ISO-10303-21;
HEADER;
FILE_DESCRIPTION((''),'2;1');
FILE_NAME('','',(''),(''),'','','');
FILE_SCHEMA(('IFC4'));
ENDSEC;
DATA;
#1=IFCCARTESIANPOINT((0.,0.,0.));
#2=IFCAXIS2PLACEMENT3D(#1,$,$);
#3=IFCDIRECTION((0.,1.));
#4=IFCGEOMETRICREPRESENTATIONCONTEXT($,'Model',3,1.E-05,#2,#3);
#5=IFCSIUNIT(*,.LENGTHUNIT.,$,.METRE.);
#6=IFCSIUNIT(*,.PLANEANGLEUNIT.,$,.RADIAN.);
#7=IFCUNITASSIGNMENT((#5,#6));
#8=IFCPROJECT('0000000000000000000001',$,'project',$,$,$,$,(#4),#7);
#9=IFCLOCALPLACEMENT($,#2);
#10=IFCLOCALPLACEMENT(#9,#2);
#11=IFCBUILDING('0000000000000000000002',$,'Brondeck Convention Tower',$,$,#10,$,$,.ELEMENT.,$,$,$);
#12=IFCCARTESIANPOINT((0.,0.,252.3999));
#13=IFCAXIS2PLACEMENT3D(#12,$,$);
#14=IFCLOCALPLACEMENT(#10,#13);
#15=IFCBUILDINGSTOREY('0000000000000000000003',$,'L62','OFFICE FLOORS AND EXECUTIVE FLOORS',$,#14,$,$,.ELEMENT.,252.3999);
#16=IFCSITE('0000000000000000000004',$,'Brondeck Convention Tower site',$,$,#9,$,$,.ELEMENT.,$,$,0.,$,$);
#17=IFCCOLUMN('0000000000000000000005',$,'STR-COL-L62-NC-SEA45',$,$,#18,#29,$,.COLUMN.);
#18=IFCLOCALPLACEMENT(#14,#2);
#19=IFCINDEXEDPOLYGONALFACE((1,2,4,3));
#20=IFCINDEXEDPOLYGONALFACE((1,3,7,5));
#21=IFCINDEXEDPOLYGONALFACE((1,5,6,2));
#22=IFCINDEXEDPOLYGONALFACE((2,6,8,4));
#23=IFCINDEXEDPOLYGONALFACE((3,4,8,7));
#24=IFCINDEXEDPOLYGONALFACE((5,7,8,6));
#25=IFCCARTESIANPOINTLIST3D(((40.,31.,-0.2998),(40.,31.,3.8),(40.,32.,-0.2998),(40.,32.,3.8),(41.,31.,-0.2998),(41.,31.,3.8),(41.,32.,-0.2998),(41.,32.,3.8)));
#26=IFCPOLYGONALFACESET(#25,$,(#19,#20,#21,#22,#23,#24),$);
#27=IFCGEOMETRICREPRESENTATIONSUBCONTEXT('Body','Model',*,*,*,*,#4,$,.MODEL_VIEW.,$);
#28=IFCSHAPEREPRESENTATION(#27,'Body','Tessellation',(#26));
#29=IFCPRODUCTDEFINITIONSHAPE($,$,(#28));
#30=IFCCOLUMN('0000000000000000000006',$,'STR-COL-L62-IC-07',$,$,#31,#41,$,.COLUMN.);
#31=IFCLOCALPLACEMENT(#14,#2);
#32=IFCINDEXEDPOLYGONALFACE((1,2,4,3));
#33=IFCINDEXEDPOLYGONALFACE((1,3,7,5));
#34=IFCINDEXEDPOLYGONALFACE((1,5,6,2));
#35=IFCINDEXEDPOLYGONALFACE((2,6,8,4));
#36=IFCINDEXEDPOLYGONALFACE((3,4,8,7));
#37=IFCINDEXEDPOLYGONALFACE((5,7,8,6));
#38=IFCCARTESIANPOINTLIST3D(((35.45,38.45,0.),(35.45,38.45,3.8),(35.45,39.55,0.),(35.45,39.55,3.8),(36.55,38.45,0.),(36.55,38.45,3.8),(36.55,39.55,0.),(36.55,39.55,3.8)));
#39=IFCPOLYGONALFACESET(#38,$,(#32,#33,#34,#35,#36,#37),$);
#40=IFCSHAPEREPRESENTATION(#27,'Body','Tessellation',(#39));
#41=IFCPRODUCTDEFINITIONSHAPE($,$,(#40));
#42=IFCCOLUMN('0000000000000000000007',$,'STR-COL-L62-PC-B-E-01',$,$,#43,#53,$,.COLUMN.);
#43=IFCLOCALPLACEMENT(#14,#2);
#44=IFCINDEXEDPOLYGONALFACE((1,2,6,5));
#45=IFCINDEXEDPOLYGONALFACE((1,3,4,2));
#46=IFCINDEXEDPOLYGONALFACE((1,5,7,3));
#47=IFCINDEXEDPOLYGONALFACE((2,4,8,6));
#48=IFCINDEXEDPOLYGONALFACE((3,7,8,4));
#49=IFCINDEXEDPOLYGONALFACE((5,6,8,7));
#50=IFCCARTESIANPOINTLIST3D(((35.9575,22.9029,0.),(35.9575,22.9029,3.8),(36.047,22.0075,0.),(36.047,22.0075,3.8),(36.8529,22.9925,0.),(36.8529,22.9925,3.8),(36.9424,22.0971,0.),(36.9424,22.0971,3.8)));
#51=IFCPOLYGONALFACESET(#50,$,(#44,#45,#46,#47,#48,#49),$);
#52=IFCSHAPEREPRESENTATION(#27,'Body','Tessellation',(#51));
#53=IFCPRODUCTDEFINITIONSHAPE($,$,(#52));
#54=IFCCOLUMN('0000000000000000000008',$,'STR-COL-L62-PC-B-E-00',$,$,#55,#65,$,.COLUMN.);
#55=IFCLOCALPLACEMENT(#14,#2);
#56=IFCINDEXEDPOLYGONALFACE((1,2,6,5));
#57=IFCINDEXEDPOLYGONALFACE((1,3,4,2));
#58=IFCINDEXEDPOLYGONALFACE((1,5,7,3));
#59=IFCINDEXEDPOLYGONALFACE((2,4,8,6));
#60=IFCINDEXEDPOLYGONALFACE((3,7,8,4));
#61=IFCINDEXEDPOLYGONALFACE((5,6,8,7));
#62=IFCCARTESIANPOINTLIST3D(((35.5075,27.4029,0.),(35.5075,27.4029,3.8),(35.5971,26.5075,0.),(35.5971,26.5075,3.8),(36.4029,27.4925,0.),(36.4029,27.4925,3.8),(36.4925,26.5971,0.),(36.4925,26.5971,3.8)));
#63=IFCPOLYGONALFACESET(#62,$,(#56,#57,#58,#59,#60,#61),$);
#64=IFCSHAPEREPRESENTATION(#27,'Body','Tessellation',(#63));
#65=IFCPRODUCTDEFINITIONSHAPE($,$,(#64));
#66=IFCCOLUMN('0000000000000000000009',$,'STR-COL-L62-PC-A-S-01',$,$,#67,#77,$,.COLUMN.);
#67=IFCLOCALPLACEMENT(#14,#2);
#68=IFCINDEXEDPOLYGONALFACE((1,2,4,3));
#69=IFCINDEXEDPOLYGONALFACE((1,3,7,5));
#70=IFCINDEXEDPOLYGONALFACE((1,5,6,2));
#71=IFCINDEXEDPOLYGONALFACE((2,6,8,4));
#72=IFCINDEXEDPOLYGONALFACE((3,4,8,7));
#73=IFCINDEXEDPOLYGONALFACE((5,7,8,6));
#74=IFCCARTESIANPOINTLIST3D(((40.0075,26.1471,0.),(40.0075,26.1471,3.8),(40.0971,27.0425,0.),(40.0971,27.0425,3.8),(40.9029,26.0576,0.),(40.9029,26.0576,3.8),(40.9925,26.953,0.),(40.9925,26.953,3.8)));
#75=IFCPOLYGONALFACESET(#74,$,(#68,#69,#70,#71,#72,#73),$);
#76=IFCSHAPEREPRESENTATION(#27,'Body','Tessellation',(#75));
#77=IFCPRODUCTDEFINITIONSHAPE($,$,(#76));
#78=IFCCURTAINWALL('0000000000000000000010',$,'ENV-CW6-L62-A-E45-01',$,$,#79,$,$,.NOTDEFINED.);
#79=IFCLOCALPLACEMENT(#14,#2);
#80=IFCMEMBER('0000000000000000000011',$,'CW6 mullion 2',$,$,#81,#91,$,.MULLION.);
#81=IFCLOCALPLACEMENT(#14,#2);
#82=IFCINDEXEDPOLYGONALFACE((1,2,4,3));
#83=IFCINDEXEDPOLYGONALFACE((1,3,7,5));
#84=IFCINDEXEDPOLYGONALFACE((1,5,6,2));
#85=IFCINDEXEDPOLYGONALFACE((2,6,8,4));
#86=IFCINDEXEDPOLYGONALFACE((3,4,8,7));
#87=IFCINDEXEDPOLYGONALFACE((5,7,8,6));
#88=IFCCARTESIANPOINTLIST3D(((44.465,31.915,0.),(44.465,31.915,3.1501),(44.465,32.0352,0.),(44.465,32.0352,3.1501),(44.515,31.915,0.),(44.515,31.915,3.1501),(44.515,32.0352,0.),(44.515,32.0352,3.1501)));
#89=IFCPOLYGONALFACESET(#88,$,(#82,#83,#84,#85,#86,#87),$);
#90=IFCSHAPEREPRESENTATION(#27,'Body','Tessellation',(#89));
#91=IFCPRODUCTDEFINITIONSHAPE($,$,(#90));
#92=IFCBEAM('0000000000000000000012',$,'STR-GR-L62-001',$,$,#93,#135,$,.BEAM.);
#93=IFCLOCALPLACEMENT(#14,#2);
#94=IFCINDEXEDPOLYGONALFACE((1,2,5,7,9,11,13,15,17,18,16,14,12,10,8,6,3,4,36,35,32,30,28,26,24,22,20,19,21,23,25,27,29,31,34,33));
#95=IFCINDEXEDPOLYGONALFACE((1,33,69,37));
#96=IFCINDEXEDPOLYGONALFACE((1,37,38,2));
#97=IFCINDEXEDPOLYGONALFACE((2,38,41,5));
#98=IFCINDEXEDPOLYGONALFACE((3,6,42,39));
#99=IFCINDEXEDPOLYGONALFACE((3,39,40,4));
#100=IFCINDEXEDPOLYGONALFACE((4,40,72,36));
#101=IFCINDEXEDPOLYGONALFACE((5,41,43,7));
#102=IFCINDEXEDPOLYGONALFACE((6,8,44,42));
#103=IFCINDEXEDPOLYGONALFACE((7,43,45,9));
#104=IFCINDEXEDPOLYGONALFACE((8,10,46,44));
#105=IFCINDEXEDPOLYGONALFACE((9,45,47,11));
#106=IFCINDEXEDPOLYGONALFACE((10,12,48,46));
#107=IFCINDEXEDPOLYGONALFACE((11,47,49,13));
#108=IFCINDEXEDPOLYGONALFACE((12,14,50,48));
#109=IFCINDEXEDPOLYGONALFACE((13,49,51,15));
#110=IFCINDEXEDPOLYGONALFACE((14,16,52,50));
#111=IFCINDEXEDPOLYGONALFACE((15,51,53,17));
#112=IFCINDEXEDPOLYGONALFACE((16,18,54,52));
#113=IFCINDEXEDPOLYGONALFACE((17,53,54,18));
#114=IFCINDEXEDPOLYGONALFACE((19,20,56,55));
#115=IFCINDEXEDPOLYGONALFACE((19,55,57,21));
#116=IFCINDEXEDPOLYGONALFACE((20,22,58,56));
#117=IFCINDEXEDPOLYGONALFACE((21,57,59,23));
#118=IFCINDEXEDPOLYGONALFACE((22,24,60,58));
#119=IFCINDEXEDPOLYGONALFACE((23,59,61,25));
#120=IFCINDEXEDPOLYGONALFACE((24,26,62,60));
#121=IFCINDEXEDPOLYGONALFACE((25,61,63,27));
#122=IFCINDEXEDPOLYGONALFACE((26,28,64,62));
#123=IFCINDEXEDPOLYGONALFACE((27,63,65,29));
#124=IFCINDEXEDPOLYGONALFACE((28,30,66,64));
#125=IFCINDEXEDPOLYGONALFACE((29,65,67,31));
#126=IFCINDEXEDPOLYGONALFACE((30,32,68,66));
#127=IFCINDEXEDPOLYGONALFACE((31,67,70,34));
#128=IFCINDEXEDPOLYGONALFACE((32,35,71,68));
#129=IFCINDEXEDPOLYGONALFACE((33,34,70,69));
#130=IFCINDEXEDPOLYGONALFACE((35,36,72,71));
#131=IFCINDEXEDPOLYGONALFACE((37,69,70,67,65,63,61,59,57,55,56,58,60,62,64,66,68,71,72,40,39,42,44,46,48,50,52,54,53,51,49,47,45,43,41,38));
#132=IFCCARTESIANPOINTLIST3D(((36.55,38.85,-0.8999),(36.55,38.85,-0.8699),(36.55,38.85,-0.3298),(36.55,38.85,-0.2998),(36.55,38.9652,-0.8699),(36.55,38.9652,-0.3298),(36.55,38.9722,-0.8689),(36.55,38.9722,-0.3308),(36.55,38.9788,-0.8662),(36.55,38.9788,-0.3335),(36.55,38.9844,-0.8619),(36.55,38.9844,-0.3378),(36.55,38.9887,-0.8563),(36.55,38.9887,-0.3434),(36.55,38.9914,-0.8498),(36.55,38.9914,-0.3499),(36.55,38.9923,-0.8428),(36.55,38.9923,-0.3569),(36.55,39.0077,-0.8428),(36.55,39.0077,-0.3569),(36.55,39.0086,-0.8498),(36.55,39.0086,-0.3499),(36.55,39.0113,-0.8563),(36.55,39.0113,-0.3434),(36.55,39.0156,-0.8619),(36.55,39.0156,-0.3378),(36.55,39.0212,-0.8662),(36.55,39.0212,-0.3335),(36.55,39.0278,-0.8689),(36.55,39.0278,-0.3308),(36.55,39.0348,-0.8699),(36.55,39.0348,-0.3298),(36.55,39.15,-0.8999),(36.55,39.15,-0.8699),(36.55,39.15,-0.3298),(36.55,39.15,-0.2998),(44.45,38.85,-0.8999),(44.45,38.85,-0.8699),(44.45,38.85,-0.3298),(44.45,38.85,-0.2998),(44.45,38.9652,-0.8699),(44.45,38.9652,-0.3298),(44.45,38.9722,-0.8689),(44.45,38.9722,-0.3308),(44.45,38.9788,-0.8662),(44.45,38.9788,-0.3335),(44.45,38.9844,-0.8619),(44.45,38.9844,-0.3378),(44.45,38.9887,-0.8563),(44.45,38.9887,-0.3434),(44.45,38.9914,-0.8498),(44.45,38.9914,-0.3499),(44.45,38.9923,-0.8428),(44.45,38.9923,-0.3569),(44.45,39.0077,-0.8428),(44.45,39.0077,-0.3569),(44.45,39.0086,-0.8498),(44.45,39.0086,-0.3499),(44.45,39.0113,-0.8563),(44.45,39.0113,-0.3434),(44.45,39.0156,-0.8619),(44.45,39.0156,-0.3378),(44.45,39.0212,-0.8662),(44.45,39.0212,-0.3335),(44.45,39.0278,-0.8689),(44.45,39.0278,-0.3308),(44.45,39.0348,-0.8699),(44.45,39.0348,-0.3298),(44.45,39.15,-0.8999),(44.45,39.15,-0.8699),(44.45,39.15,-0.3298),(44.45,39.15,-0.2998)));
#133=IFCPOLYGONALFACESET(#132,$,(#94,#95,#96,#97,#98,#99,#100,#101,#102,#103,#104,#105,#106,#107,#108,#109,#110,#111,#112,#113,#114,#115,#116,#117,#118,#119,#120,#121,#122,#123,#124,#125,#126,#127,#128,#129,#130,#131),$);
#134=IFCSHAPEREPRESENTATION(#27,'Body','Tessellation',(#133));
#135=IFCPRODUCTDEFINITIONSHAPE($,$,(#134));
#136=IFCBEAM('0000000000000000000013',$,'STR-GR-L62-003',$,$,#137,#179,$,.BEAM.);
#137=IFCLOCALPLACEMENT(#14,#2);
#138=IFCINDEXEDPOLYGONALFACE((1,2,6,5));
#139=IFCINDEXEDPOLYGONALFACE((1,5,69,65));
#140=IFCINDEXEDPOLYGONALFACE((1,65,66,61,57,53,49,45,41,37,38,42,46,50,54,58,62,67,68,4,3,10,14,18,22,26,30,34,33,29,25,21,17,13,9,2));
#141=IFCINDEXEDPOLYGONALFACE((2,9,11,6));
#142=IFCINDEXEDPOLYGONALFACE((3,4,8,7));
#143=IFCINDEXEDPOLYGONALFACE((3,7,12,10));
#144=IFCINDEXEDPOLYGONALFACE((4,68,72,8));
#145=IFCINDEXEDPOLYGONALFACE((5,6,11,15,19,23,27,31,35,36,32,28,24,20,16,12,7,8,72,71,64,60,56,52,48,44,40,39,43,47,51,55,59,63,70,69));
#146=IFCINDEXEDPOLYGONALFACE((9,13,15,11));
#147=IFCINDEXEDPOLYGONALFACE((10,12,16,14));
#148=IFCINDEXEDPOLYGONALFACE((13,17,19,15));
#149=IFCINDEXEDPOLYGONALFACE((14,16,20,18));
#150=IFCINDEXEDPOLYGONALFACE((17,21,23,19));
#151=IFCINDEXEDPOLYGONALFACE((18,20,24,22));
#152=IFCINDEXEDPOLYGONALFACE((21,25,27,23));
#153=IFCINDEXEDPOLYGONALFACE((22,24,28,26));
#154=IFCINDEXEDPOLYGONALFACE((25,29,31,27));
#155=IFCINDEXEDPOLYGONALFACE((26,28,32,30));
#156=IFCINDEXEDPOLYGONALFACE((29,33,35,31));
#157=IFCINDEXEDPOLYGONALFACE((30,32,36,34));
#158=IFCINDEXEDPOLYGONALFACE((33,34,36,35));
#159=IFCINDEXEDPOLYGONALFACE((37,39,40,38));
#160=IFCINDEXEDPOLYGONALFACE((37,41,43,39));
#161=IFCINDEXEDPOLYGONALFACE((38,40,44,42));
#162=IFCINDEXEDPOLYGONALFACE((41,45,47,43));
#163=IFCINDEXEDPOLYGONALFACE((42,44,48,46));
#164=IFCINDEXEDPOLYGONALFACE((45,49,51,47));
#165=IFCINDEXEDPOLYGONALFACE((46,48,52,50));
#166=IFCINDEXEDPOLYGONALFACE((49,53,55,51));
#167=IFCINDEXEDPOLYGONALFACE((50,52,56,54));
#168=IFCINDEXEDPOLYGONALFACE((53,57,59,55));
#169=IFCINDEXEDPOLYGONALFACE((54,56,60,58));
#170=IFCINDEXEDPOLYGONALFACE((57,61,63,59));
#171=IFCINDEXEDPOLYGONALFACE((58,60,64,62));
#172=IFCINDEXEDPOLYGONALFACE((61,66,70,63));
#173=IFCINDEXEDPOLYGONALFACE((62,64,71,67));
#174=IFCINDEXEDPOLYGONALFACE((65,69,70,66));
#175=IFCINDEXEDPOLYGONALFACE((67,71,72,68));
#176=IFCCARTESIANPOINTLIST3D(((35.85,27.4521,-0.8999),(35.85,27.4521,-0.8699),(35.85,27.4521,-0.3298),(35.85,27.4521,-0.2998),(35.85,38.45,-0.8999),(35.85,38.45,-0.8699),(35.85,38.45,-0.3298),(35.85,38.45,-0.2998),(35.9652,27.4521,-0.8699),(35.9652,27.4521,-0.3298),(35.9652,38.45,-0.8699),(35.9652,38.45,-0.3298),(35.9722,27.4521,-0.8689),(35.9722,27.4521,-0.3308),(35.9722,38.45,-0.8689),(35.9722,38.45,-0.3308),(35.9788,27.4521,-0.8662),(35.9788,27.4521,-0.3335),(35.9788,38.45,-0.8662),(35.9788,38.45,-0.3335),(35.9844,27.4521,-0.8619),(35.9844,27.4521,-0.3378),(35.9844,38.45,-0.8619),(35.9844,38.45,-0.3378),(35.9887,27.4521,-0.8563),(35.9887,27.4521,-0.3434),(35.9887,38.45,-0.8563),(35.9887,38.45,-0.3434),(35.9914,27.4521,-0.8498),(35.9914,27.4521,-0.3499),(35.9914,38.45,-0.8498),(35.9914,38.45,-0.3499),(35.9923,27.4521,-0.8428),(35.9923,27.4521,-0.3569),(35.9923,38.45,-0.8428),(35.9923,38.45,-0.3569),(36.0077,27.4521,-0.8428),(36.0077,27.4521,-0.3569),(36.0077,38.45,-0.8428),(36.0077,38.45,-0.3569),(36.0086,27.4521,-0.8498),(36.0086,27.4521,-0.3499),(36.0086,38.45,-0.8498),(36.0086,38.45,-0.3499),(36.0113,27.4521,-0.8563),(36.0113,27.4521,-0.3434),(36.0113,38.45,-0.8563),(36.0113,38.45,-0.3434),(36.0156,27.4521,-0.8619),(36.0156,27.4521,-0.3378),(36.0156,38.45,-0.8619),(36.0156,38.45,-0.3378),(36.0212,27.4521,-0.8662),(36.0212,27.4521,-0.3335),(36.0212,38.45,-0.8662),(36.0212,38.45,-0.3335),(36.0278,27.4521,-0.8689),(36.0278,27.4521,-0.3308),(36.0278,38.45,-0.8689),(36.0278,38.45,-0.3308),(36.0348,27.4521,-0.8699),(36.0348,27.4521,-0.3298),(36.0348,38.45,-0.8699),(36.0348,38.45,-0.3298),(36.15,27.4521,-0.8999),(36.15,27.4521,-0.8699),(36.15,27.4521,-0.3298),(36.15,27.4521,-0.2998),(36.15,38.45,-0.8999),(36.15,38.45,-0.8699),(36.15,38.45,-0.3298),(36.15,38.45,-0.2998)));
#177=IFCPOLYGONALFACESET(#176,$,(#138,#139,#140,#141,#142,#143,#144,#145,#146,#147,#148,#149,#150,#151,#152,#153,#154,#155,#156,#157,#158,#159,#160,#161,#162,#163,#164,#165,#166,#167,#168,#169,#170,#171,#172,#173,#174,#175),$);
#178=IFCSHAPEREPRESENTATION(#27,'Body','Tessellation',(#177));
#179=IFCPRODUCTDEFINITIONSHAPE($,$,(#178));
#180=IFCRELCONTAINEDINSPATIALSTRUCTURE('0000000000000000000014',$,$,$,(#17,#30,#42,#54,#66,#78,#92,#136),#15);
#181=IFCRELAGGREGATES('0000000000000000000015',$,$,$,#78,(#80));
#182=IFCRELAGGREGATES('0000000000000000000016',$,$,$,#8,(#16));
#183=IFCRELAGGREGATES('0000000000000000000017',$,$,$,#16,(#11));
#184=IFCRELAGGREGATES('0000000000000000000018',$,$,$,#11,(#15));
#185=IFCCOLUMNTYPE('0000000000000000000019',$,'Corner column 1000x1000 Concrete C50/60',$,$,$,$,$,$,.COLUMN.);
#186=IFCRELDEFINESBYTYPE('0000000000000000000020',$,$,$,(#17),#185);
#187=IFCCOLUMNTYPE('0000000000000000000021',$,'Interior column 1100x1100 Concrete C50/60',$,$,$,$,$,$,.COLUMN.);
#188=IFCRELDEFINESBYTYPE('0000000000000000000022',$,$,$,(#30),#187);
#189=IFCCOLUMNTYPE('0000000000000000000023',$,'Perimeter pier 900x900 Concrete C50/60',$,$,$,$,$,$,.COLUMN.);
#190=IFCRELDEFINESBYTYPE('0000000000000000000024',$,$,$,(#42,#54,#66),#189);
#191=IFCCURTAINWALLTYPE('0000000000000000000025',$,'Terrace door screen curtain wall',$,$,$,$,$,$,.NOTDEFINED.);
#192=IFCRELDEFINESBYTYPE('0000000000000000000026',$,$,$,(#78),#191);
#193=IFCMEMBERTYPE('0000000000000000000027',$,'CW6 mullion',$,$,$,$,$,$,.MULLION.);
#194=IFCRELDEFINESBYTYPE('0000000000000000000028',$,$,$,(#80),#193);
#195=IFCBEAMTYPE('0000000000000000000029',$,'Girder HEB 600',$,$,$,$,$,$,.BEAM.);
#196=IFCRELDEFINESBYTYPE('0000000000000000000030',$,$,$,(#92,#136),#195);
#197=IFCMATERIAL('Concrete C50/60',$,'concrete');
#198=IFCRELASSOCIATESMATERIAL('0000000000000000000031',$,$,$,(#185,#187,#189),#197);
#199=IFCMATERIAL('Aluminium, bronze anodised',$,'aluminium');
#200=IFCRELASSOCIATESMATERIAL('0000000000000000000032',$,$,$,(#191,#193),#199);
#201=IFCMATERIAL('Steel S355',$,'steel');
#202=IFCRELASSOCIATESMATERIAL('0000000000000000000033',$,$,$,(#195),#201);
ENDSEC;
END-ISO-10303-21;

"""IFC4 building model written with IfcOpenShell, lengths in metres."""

from ifc_helpers import new_model, si_unit, direction, frame, origin, origin_2d, place, context, subcontext, project, spatial, rectangle, i_section, extrude, material, material_profile, profile_set, type_object, element, aggregate, save


model = new_model("IFC4")

# Units and contexts
model_context = context("Model", 3, precision=1e-05, world=origin(), true_north=direction((0.0, 1.0)))
body_context = subcontext(model_context, "Body", "Model", "MODEL_VIEW")
ifc_project = project(units=[si_unit("LENGTHUNIT", "METRE"), si_unit("PLANEANGLEUNIT", "RADIAN")], contexts=[model_context])

# Site, building, storey
site_placement = place(None, origin())
site = spatial("IfcSite", under=ifc_project, at=site_placement, Name="Brondeck Convention Tower site", CompositionType="ELEMENT", RefElevation=0.0)
building_placement = place(site_placement, origin())
building = spatial("IfcBuilding", under=site, at=building_placement, Name="Brondeck Convention Tower", CompositionType="ELEMENT")
storey_placement = place(building_placement, frame((0.0, 0.0, 252.3999)))
storey = spatial("IfcBuildingStorey", under=building, at=storey_placement, Name="L62", Description="OFFICE FLOORS AND EXECUTIVE FLOORS", CompositionType="ELEMENT", Elevation=252.3999)

# Columns
ifc_material_1 = material(Name="Concrete C50/60", Category="concrete")
ifc_material_profile_1 = material_profile(ifc_material_1, rectangle(XDim=1.0, YDim=1.0, at=origin_2d()), Name="Corner column 1000x1000 Concrete C50/60")
ifc_profile_set_1 = profile_set([ifc_material_profile_1], Name="Concrete C50/60")
column_type_1 = type_object("IfcColumnType", Name="Corner column 1000x1000 Concrete C50/60", PredefinedType="COLUMN", material=ifc_profile_set_1)
column_1_placement = place(storey_placement, frame((40.5, 31.5, -0.2998), z_axis=(0.0, 0.0, 1.0), x_axis=(1.0, 0.0, 0.0)))
element("IfcColumn", 1, at=column_1_placement, inside=storey, type_object=column_type_1, Name="STR-COL-L62-NC-SEA45", PredefinedType="COLUMN", context=body_context, shape_type="SweptSolid", body=[
    extrude(rectangle(XDim=1.0, YDim=1.0, at=origin_2d()), origin(), (0.0, 0.0, 1.0), 4.0999),
])
ifc_material_profile_2 = material_profile(ifc_material_1, rectangle(XDim=1.1001, YDim=1.1001, at=origin_2d()), Name="Interior column 1100x1100 Concrete C50/60")
ifc_profile_set_2 = profile_set([ifc_material_profile_2], Name="Concrete C50/60")
column_type_2 = type_object("IfcColumnType", Name="Interior column 1100x1100 Concrete C50/60", PredefinedType="COLUMN", material=ifc_profile_set_2)
column_2_placement = place(storey_placement, frame((36.0, 39.0, 0.0), z_axis=(0.0, 0.0, 1.0), x_axis=(1.0, 0.0, 0.0)))
element("IfcColumn", 2, at=column_2_placement, inside=storey, type_object=column_type_2, Name="STR-COL-L62-IC-07", PredefinedType="COLUMN", context=body_context, shape_type="SweptSolid", body=[
    extrude(rectangle(XDim=1.1001, YDim=1.1001, at=origin_2d()), origin(), (0.0, 0.0, 1.0), 3.8),
])
ifc_material_profile_3 = material_profile(ifc_material_1, rectangle(XDim=0.8999, YDim=0.8999, at=origin_2d()), Name="Perimeter pier 900x900 Concrete C50/60")
ifc_profile_set_3 = profile_set([ifc_material_profile_3], Name="Concrete C50/60")
column_type_3 = type_object("IfcColumnType", Name="Perimeter pier 900x900 Concrete C50/60", PredefinedType="COLUMN", material=ifc_profile_set_3)
for number, where, z_axis, x_axis, name in (
    (3, (36.45, 22.5, 0.0), (0.0, 0.0, 1.0), (-0.099504, 0.995037, 0.0), "STR-COL-L62-PC-B-E-01"),
    (4, (36.0, 27.0, 0.0), (0.0, 0.0, 1.0), (-0.099504, 0.995037, 0.0), "STR-COL-L62-PC-B-E-00"),
    (5, (40.5, 26.55, 0.0), (0.0, 0.0, 1.0), (0.995037, -0.099504, 0.0), "STR-COL-L62-PC-A-S-01"),
):
    element("IfcColumn", number, at=place(storey_placement, frame(where, z_axis=z_axis, x_axis=x_axis)), inside=storey, type_object=column_type_3, Name=name, PredefinedType="COLUMN", context=body_context, shape_type="SweptSolid", body=[
        extrude(rectangle(XDim=0.8999, YDim=0.8999, at=origin_2d()), origin(), (0.0, 0.0, 1.0), 3.8),
    ])

# Curtain wall, member
ifc_material_2 = material(Name="Aluminium, bronze anodised", Category="aluminium")
curtain_wall_type = type_object("IfcCurtainWallType", Name="Terrace door screen curtain wall", PredefinedType="NOTDEFINED", material=ifc_material_2)
curtain_wall_placement = place(storey_placement, origin())
curtain_wall = element("IfcCurtainWall", 6, at=curtain_wall_placement, inside=storey, type_object=curtain_wall_type, Name="ENV-CW6-L62-A-E45-01", PredefinedType="NOTDEFINED")
ifc_material_profile_4 = material_profile(ifc_material_2, rectangle(XDim=0.05, YDim=0.1201, at=origin_2d()), Name="CW6 mullion")
ifc_profile_set_4 = profile_set([ifc_material_profile_4], Name="Aluminium, bronze anodised")
member_type = type_object("IfcMemberType", Name="CW6 mullion", PredefinedType="MULLION", material=ifc_profile_set_4)
member_placement = place(storey_placement, frame((44.49, 31.9751, 0.0), z_axis=(0.0, 0.0, 1.0), x_axis=(1.0, 0.0, 0.0)))
member = element("IfcMember", 7, at=member_placement, type_object=member_type, Name="CW6 mullion 2", PredefinedType="MULLION", context=body_context, shape_type="SweptSolid", body=[
    extrude(rectangle(XDim=0.05, YDim=0.1201, at=origin_2d()), origin(), (0.0, 0.0, 1.0), 3.1501),
])
aggregate(curtain_wall, [member])

# Beams
ifc_material_3 = material(Name="Steel S355", Category="steel")
ifc_material_profile_5 = material_profile(ifc_material_3, i_section(OverallWidth=0.3, OverallDepth=0.6001, WebThickness=0.0154, FlangeThickness=0.03, FilletRadius=0.0271, at=origin_2d()), Name="HEB 600")
ifc_profile_set_5 = profile_set([ifc_material_profile_5], Name="Steel S355")
beam_type_1 = type_object("IfcBeamType", Name="Girder HEB 600", PredefinedType="BEAM", material=ifc_profile_set_5)
beam_1_placement = place(storey_placement, frame((36.55, 39.0, -0.5999), z_axis=(1.0, 0.0, 0.0), x_axis=(0.0, 1.0, 0.0)))
element("IfcBeam", 8, at=beam_1_placement, inside=storey, type_object=beam_type_1, Name="STR-GR-L62-001", PredefinedType="BEAM", context=body_context, shape_type="SweptSolid", body=[
    extrude(i_section(OverallWidth=0.3, OverallDepth=0.6001, WebThickness=0.0154, FlangeThickness=0.03, FilletRadius=0.0271, at=origin_2d()), origin(), (0.0, 0.0, 1.0), 7.8999),
])
beam_2_placement = place(storey_placement, frame((36.0, 27.4521, -0.5999), z_axis=(0.0, 1.0, 0.0), x_axis=(-1.0, 0.0, 0.0)))
element("IfcBeam", 9, at=beam_2_placement, inside=storey, type_object=beam_type_1, Name="STR-GR-L62-003", PredefinedType="BEAM", context=body_context, shape_type="SweptSolid", body=[
    extrude(i_section(OverallWidth=0.3, OverallDepth=0.6001, WebThickness=0.0154, FlangeThickness=0.03, FilletRadius=0.0271, at=origin_2d()), origin(), (0.0, 0.0, 1.0), 10.9978),
])

save(model, "model.ifc")
